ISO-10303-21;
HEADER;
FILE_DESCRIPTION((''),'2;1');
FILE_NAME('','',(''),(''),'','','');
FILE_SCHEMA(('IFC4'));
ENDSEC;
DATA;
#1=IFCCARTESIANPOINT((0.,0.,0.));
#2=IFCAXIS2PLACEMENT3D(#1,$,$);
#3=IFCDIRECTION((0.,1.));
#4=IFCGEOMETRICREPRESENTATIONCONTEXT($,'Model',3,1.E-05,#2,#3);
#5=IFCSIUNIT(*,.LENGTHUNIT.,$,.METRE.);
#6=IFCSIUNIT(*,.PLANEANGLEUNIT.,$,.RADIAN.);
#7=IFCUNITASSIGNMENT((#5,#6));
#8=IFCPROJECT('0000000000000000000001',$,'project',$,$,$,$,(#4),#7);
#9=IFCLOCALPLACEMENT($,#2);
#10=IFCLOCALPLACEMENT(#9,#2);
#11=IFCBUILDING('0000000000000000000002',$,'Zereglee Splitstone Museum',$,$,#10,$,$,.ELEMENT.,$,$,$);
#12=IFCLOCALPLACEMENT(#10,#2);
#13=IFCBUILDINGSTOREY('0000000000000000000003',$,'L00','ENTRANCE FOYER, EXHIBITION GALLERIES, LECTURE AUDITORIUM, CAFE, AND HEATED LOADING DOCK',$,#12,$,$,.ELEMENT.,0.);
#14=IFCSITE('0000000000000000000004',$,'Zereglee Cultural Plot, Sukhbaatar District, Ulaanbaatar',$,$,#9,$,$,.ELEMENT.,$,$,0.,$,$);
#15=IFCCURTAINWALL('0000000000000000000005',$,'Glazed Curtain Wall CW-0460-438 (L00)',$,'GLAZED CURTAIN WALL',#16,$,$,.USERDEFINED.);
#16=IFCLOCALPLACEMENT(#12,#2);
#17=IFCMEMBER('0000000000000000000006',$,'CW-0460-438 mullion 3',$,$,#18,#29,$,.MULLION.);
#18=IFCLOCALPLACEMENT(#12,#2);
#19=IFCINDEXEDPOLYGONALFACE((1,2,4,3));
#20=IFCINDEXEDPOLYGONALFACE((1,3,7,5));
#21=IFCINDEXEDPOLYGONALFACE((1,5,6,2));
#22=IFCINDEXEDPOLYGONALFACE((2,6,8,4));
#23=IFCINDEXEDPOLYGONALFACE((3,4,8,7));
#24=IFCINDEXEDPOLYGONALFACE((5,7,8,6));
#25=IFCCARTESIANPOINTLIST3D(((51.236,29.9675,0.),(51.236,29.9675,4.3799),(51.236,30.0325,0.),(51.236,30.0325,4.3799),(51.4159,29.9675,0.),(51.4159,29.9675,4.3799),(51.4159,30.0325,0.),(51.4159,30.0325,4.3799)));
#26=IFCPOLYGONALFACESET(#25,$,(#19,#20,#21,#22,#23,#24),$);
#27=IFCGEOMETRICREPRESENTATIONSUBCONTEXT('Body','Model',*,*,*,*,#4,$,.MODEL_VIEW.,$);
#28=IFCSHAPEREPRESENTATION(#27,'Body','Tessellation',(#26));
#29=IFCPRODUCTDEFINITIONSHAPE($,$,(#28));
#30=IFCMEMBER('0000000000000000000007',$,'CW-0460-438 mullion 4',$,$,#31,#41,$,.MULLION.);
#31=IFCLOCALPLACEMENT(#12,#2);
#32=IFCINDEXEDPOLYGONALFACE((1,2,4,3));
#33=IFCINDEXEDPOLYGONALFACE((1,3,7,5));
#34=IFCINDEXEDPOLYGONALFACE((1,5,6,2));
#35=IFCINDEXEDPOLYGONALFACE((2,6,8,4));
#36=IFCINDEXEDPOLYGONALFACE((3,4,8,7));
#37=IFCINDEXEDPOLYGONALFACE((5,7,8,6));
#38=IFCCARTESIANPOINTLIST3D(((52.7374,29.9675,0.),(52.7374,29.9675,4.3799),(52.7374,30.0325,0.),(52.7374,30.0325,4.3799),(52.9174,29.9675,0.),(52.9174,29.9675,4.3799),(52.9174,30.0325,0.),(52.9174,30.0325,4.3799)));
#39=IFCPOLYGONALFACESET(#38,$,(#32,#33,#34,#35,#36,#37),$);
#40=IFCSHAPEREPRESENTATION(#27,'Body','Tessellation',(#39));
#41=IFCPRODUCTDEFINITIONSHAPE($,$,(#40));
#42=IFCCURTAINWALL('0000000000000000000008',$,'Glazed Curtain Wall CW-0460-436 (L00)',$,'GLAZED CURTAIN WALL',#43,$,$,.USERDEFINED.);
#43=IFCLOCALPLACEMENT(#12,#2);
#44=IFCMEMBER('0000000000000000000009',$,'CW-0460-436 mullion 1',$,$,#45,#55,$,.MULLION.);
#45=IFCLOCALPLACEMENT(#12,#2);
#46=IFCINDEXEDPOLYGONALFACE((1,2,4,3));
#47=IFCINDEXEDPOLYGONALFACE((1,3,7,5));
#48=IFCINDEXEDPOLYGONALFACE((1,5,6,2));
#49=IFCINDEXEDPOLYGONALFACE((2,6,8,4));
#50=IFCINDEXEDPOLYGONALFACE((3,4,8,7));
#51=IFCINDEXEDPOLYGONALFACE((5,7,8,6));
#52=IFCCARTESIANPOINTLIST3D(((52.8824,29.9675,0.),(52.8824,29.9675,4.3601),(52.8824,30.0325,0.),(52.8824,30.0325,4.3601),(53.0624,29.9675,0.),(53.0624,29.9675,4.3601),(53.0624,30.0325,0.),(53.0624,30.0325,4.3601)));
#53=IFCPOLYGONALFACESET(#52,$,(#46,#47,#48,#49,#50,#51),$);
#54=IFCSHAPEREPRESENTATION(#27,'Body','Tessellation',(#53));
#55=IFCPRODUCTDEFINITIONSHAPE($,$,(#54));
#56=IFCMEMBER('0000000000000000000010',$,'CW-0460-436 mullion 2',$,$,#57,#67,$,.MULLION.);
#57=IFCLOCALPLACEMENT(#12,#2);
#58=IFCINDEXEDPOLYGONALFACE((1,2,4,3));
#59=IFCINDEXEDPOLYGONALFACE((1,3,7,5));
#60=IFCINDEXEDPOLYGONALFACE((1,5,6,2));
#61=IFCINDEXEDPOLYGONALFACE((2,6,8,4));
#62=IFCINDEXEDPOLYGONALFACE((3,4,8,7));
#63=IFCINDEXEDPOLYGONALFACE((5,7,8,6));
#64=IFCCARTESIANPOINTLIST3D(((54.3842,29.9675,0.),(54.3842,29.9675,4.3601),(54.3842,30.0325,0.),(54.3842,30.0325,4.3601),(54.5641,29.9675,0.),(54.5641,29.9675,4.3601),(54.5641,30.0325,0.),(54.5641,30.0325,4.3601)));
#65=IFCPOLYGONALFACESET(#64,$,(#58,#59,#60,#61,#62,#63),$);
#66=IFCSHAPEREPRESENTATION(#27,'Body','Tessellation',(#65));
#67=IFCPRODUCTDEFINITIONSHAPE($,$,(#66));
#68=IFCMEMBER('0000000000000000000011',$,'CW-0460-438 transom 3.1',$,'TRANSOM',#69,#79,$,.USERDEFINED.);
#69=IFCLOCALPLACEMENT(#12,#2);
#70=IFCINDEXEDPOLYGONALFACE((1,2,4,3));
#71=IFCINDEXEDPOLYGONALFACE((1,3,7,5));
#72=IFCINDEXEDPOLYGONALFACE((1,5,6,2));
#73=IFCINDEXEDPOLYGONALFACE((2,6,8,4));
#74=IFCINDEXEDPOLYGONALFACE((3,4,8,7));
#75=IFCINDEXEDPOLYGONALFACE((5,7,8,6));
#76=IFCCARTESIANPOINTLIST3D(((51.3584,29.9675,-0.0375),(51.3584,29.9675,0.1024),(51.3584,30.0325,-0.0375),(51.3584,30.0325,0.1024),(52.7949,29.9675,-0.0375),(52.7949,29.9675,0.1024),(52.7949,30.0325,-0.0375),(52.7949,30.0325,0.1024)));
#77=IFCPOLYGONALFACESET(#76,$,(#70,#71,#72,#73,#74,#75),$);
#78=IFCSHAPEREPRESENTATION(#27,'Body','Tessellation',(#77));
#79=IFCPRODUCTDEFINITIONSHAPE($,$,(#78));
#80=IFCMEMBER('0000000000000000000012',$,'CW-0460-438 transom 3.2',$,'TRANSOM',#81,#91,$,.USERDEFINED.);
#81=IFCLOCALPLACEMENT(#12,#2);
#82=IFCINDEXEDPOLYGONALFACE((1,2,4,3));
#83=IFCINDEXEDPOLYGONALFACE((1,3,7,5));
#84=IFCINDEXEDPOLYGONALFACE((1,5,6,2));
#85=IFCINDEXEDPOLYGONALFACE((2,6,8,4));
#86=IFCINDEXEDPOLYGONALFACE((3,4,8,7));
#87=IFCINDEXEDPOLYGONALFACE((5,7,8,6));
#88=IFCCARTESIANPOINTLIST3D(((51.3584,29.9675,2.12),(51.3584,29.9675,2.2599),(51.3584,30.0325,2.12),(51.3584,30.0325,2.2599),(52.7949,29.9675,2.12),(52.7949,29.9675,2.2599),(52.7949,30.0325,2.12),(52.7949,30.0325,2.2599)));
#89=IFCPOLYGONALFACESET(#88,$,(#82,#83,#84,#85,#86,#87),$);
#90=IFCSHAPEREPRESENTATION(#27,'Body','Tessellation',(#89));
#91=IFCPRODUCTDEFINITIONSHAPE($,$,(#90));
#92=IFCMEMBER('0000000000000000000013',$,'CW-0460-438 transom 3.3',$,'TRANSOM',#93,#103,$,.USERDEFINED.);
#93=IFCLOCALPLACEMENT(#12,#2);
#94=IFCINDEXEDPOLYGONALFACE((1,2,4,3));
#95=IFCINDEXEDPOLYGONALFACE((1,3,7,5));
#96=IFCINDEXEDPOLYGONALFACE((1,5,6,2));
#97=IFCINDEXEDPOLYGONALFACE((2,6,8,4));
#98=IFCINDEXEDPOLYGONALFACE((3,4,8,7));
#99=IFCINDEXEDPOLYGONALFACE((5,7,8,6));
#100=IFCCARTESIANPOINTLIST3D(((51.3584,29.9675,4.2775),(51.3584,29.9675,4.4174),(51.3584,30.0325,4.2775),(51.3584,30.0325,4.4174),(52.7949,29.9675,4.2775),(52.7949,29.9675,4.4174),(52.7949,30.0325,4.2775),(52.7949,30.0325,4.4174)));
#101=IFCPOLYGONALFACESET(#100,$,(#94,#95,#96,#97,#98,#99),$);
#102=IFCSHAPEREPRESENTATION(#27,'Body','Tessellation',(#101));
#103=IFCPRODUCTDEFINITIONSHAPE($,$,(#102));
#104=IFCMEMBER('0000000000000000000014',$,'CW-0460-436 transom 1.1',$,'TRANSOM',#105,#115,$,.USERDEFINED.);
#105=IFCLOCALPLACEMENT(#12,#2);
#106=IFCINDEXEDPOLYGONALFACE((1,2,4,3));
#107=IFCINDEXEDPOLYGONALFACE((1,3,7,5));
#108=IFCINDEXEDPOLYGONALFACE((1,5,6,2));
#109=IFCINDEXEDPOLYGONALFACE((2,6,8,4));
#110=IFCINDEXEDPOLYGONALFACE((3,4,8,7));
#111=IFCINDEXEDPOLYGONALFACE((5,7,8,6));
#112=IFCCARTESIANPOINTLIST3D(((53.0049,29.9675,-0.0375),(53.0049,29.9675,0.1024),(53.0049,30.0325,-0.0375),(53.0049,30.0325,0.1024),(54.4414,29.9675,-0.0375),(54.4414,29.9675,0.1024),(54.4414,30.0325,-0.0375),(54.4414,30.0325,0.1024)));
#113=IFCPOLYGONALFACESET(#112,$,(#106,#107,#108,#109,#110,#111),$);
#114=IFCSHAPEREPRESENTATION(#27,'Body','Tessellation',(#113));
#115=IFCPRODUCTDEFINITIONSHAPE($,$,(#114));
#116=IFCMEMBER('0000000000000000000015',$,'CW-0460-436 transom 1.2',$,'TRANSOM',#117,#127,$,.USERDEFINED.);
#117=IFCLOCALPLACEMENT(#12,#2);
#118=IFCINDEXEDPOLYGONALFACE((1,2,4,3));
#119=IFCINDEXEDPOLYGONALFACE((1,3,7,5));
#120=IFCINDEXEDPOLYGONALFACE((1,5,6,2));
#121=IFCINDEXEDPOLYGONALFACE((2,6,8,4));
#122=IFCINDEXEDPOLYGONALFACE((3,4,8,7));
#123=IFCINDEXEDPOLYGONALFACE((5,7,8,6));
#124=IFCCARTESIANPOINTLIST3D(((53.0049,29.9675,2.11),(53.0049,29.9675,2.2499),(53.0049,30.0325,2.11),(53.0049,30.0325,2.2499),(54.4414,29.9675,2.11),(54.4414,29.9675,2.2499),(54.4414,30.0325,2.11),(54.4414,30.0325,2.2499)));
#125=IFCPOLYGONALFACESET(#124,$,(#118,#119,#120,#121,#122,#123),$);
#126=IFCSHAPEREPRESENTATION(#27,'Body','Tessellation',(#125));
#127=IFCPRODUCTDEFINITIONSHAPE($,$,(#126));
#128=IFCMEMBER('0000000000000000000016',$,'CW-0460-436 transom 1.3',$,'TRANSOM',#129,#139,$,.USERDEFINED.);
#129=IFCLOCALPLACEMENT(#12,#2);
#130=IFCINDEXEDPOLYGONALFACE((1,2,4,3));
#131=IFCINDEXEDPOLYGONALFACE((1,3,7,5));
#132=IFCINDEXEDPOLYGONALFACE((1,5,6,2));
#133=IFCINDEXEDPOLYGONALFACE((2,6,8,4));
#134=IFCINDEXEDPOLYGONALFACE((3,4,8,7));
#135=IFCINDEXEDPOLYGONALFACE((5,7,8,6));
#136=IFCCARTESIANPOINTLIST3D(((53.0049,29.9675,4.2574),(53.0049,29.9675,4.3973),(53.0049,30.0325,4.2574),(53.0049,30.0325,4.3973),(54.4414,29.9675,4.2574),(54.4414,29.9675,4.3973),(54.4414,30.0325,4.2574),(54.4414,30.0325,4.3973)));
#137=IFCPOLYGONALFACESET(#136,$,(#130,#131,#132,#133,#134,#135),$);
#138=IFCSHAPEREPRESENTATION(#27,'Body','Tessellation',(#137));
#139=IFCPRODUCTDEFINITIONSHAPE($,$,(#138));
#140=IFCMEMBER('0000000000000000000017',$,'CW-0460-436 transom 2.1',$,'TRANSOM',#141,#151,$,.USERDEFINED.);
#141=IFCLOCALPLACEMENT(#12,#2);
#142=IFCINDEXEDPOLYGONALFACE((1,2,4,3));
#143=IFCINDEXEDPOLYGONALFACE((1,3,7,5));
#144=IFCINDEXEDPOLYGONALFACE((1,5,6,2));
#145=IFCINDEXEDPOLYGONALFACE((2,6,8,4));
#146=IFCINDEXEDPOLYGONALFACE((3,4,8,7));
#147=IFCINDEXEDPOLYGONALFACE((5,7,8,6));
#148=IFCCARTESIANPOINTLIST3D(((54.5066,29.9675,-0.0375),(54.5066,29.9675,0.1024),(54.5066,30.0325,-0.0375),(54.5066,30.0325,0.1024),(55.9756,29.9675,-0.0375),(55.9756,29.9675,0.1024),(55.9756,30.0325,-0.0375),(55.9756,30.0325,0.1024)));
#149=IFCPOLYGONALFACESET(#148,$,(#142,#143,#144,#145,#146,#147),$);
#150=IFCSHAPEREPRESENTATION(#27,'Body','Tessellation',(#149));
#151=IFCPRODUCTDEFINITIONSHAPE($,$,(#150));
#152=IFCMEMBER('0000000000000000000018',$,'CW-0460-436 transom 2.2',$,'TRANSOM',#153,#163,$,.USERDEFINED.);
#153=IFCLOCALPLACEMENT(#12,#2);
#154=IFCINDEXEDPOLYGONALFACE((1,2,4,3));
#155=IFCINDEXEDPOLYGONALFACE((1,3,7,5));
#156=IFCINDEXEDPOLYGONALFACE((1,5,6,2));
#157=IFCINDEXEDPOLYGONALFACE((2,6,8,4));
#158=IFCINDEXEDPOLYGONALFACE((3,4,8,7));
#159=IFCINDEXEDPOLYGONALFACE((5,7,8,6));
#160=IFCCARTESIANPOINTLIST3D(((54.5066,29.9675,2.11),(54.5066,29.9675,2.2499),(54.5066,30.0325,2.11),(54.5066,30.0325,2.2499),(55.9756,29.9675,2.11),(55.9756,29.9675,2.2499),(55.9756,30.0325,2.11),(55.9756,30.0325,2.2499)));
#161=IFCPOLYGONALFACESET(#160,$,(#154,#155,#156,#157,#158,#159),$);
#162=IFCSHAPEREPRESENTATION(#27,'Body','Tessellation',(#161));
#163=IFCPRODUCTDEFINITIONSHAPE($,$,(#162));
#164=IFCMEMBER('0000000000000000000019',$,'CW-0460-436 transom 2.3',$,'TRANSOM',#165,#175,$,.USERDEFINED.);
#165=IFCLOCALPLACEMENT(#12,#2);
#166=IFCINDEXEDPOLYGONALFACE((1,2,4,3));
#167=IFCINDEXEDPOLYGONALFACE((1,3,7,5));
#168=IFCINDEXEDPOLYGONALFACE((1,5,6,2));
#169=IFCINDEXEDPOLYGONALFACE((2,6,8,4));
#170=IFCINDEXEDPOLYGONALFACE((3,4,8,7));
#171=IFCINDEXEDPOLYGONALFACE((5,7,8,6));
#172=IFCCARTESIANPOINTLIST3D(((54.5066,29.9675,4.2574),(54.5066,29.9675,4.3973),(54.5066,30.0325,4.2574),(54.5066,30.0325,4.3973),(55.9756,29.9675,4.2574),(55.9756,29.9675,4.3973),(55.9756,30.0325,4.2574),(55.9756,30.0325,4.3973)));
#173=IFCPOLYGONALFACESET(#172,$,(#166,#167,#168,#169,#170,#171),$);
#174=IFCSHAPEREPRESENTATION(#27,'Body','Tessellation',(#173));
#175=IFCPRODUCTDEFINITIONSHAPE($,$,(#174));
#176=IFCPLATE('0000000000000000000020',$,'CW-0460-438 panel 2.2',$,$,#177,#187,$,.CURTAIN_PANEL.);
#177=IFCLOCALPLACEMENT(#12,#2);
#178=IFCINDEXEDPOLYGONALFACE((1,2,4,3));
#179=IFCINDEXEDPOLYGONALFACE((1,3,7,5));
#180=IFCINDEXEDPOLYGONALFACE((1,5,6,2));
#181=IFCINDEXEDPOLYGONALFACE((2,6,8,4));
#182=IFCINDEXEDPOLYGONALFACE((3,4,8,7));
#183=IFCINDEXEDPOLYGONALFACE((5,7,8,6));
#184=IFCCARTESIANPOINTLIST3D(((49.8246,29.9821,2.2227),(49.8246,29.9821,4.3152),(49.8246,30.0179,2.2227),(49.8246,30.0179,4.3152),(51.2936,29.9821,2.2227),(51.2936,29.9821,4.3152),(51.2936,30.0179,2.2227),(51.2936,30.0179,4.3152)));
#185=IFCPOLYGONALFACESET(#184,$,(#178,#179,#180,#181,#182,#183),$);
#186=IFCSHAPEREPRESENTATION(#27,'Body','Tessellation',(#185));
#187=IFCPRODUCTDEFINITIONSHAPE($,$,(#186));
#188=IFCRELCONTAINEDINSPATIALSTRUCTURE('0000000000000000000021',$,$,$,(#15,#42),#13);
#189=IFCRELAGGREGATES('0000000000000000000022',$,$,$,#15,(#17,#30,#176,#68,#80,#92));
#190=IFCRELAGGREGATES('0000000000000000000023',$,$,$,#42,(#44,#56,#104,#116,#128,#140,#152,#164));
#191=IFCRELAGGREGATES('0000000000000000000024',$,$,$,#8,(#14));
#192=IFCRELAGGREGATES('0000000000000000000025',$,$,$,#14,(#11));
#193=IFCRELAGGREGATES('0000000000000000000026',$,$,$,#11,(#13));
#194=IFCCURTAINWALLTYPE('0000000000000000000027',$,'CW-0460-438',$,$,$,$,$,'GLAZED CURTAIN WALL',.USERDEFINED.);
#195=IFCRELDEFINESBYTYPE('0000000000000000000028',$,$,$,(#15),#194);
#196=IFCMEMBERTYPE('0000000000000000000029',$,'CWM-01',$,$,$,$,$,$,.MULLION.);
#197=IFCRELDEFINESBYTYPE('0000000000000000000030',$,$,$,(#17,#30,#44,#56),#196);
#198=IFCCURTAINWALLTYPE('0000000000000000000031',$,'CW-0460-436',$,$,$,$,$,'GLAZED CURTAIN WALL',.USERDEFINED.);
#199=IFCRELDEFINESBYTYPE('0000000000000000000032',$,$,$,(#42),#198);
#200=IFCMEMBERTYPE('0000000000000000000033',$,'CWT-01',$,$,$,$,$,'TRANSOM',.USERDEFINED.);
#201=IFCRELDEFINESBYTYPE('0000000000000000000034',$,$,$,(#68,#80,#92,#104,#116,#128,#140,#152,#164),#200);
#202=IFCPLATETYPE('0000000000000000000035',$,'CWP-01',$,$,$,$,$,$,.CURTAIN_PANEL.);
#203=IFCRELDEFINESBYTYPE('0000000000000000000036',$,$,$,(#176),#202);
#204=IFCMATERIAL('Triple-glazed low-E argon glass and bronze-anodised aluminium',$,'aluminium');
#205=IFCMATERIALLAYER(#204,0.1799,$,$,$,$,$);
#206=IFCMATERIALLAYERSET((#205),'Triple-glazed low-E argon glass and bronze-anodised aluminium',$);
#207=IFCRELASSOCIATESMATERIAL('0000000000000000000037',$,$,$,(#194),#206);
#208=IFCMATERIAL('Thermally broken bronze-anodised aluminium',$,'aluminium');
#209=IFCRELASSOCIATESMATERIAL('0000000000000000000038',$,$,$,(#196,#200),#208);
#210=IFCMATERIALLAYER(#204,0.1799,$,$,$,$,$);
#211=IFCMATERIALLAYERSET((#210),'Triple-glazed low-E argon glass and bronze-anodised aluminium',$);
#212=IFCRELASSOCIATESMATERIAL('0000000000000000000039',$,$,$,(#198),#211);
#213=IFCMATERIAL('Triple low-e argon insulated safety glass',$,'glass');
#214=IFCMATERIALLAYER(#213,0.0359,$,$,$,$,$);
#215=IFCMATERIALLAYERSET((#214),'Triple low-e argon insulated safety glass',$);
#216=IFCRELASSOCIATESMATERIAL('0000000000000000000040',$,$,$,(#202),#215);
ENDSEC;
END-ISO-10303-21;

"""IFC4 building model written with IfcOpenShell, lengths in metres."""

from ifc_helpers import new_model, si_unit, direction, frame, origin, origin_2d, place, context, subcontext, project, spatial, rectangle, extrude, material, layer, layer_set, material_profile, profile_set, type_object, element, aggregate, save


model = new_model("IFC4")

# Units and contexts
model_context = context("Model", 3, precision=1e-05, world=origin(), true_north=direction((0.0, 1.0)))
body_context = subcontext(model_context, "Body", "Model", "MODEL_VIEW")
ifc_project = project(units=[si_unit("LENGTHUNIT", "METRE"), si_unit("PLANEANGLEUNIT", "RADIAN")], contexts=[model_context])

# Site, building, storey
site_placement = place(None, origin())
site = spatial("IfcSite", under=ifc_project, at=site_placement, Name="Zereglee Cultural Plot, Sukhbaatar District, Ulaanbaatar", CompositionType="ELEMENT", RefElevation=0.0)
building_placement = place(site_placement, origin())
building = spatial("IfcBuilding", under=site, at=building_placement, Name="Zereglee Splitstone Museum", CompositionType="ELEMENT")
storey_placement = place(building_placement, origin())
storey = spatial("IfcBuildingStorey", under=building, at=storey_placement, Name="L00", Description="ENTRANCE FOYER, EXHIBITION GALLERIES, LECTURE AUDITORIUM, CAFE, AND HEATED LOADING DOCK", CompositionType="ELEMENT", Elevation=0.0)

# Curtain walls, members
ifc_material_1 = material(Name="Triple-glazed low-E argon glass and bronze-anodised aluminium", Category="aluminium")
ifc_layer_1 = layer(ifc_material_1, 0.1799)
ifc_layer_set_1 = layer_set([ifc_layer_1], Name="Triple-glazed low-E argon glass and bronze-anodised aluminium")
curtain_wall_type_1 = type_object("IfcCurtainWallType", Name="CW-0460-438", ElementType="GLAZED CURTAIN WALL", PredefinedType="USERDEFINED", material=ifc_layer_set_1)
curtain_wall_1_placement = place(storey_placement, origin())
curtain_wall_1 = element("IfcCurtainWall", 1, at=curtain_wall_1_placement, inside=storey, type_object=curtain_wall_type_1, Name="Glazed Curtain Wall CW-0460-438 (L00)", ObjectType="GLAZED CURTAIN WALL", PredefinedType="USERDEFINED")
ifc_material_2 = material(Name="Thermally broken bronze-anodised aluminium", Category="aluminium")
ifc_material_profile_1 = material_profile(ifc_material_2, rectangle(XDim=0.0649, YDim=0.1799, at=origin_2d()), Name="CW MULL 65x180")
ifc_profile_set_1 = profile_set([ifc_material_profile_1], Name="Thermally broken bronze-anodised aluminium")
member_type_1 = type_object("IfcMemberType", Name="CWM-01", PredefinedType="MULLION", material=ifc_profile_set_1)
member_1_placement = place(storey_placement, frame((51.3259, 30.0, 0.0), z_axis=(0.0, 0.0, 1.0), x_axis=(0.0, 1.0, 0.0)))
member_1 = element("IfcMember", 2, at=member_1_placement, type_object=member_type_1, Name="CW-0460-438 mullion 3", PredefinedType="MULLION", context=body_context, shape_type="SweptSolid", body=[
    extrude(rectangle(XDim=0.0649, YDim=0.1799, at=origin_2d()), origin(), (0.0, 0.0, 1.0), 4.3799),
])
member_2_placement = place(storey_placement, frame((52.8274, 30.0, 0.0), z_axis=(0.0, 0.0, 1.0), x_axis=(0.0, 1.0, 0.0)))
member_2 = element("IfcMember", 3, at=member_2_placement, type_object=member_type_1, Name="CW-0460-438 mullion 4", PredefinedType="MULLION", context=body_context, shape_type="SweptSolid", body=[
    extrude(rectangle(XDim=0.0649, YDim=0.1799, at=origin_2d()), origin(), (0.0, 0.0, 1.0), 4.3799),
])
ifc_layer_2 = layer(ifc_material_1, 0.1799)
ifc_layer_set_2 = layer_set([ifc_layer_2], Name="Triple-glazed low-E argon glass and bronze-anodised aluminium")
curtain_wall_type_2 = type_object("IfcCurtainWallType", Name="CW-0460-436", ElementType="GLAZED CURTAIN WALL", PredefinedType="USERDEFINED", material=ifc_layer_set_2)
curtain_wall_2_placement = place(storey_placement, origin())
curtain_wall_2 = element("IfcCurtainWall", 4, at=curtain_wall_2_placement, inside=storey, type_object=curtain_wall_type_2, Name="Glazed Curtain Wall CW-0460-436 (L00)", ObjectType="GLAZED CURTAIN WALL", PredefinedType="USERDEFINED")
member_3_placement = place(storey_placement, frame((52.9724, 30.0, 0.0), z_axis=(0.0, 0.0, 1.0), x_axis=(0.0, 1.0, 0.0)))
member_3 = element("IfcMember", 5, at=member_3_placement, type_object=member_type_1, Name="CW-0460-436 mullion 1", PredefinedType="MULLION", context=body_context, shape_type="SweptSolid", body=[
    extrude(rectangle(XDim=0.0649, YDim=0.1799, at=origin_2d()), origin(), (0.0, 0.0, 1.0), 4.3601),
])
member_4_placement = place(storey_placement, frame((54.4741, 30.0, 0.0), z_axis=(0.0, 0.0, 1.0), x_axis=(0.0, 1.0, 0.0)))
member_4 = element("IfcMember", 6, at=member_4_placement, type_object=member_type_1, Name="CW-0460-436 mullion 2", PredefinedType="MULLION", context=body_context, shape_type="SweptSolid", body=[
    extrude(rectangle(XDim=0.0649, YDim=0.1799, at=origin_2d()), origin(), (0.0, 0.0, 1.0), 4.3601),
])

# Members
ifc_material_profile_2 = material_profile(ifc_material_2, rectangle(XDim=0.0649, YDim=0.1399, at=origin_2d()), Name="CW TRAN 65x140")
ifc_profile_set_2 = profile_set([ifc_material_profile_2], Name="Thermally broken bronze-anodised aluminium")
member_type_2 = type_object("IfcMemberType", Name="CWT-01", ElementType="TRANSOM", PredefinedType="USERDEFINED", material=ifc_profile_set_2)
member_5_placement = place(storey_placement, frame((51.3584, 30.0, 0.0325), z_axis=(1.0, 0.0, 0.0), x_axis=(0.0, 1.0, 0.0)))
member_5 = element("IfcMember", 7, at=member_5_placement, type_object=member_type_2, Name="CW-0460-438 transom 3.1", ObjectType="TRANSOM", PredefinedType="USERDEFINED", context=body_context, shape_type="SweptSolid", body=[
    extrude(rectangle(XDim=0.0649, YDim=0.1399, at=origin_2d()), origin(), (0.0, 0.0, 1.0), 1.4365),
])
member_6_placement = place(storey_placement, frame((51.3584, 30.0, 2.1899), z_axis=(1.0, 0.0, 0.0), x_axis=(0.0, 1.0, 0.0)))
member_6 = element("IfcMember", 8, at=member_6_placement, type_object=member_type_2, Name="CW-0460-438 transom 3.2", ObjectType="TRANSOM", PredefinedType="USERDEFINED", context=body_context, shape_type="SweptSolid", body=[
    extrude(rectangle(XDim=0.0649, YDim=0.1399, at=origin_2d()), origin(), (0.0, 0.0, 1.0), 1.4365),
])
member_7_placement = place(storey_placement, frame((51.3584, 30.0, 4.3474), z_axis=(1.0, 0.0, 0.0), x_axis=(0.0, 1.0, 0.0)))
member_7 = element("IfcMember", 9, at=member_7_placement, type_object=member_type_2, Name="CW-0460-438 transom 3.3", ObjectType="TRANSOM", PredefinedType="USERDEFINED", context=body_context, shape_type="SweptSolid", body=[
    extrude(rectangle(XDim=0.0649, YDim=0.1399, at=origin_2d()), origin(), (0.0, 0.0, 1.0), 1.4365),
])
member_8_placement = place(storey_placement, frame((53.0049, 30.0, 0.0325), z_axis=(1.0, 0.0, 0.0), x_axis=(0.0, 1.0, 0.0)))
member_8 = element("IfcMember", 10, at=member_8_placement, type_object=member_type_2, Name="CW-0460-436 transom 1.1", ObjectType="TRANSOM", PredefinedType="USERDEFINED", context=body_context, shape_type="SweptSolid", body=[
    extrude(rectangle(XDim=0.0649, YDim=0.1399, at=origin_2d()), origin(), (0.0, 0.0, 1.0), 1.4365),
])
member_9_placement = place(storey_placement, frame((53.0049, 30.0, 2.1799), z_axis=(1.0, 0.0, 0.0), x_axis=(0.0, 1.0, 0.0)))
member_9 = element("IfcMember", 11, at=member_9_placement, type_object=member_type_2, Name="CW-0460-436 transom 1.2", ObjectType="TRANSOM", PredefinedType="USERDEFINED", context=body_context, shape_type="SweptSolid", body=[
    extrude(rectangle(XDim=0.0649, YDim=0.1399, at=origin_2d()), origin(), (0.0, 0.0, 1.0), 1.4365),
])
member_10_placement = place(storey_placement, frame((53.0049, 30.0, 4.3274), z_axis=(1.0, 0.0, 0.0), x_axis=(0.0, 1.0, 0.0)))
member_10 = element("IfcMember", 12, at=member_10_placement, type_object=member_type_2, Name="CW-0460-436 transom 1.3", ObjectType="TRANSOM", PredefinedType="USERDEFINED", context=body_context, shape_type="SweptSolid", body=[
    extrude(rectangle(XDim=0.0649, YDim=0.1399, at=origin_2d()), origin(), (0.0, 0.0, 1.0), 1.4365),
])
member_11_placement = place(storey_placement, frame((54.5066, 30.0, 0.0325), z_axis=(1.0, 0.0, 0.0), x_axis=(0.0, 1.0, 0.0)))
member_11 = element("IfcMember", 13, at=member_11_placement, type_object=member_type_2, Name="CW-0460-436 transom 2.1", ObjectType="TRANSOM", PredefinedType="USERDEFINED", context=body_context, shape_type="SweptSolid", body=[
    extrude(rectangle(XDim=0.0649, YDim=0.1399, at=origin_2d()), origin(), (0.0, 0.0, 1.0), 1.469),
])
member_12_placement = place(storey_placement, frame((54.5066, 30.0, 2.1799), z_axis=(1.0, 0.0, 0.0), x_axis=(0.0, 1.0, 0.0)))
member_12 = element("IfcMember", 14, at=member_12_placement, type_object=member_type_2, Name="CW-0460-436 transom 2.2", ObjectType="TRANSOM", PredefinedType="USERDEFINED", context=body_context, shape_type="SweptSolid", body=[
    extrude(rectangle(XDim=0.0649, YDim=0.1399, at=origin_2d()), origin(), (0.0, 0.0, 1.0), 1.469),
])
member_13_placement = place(storey_placement, frame((54.5066, 30.0, 4.3274), z_axis=(1.0, 0.0, 0.0), x_axis=(0.0, 1.0, 0.0)))
member_13 = element("IfcMember", 15, at=member_13_placement, type_object=member_type_2, Name="CW-0460-436 transom 2.3", ObjectType="TRANSOM", PredefinedType="USERDEFINED", context=body_context, shape_type="SweptSolid", body=[
    extrude(rectangle(XDim=0.0649, YDim=0.1399, at=origin_2d()), origin(), (0.0, 0.0, 1.0), 1.469),
])

# Plate
ifc_material_3 = material(Name="Triple low-e argon insulated safety glass", Category="glass")
ifc_layer_3 = layer(ifc_material_3, 0.0359)
ifc_layer_set_3 = layer_set([ifc_layer_3], Name="Triple low-e argon insulated safety glass")
plate_type = type_object("IfcPlateType", Name="CWP-01", PredefinedType="CURTAIN_PANEL", material=ifc_layer_set_3)
plate_1_placement = place(storey_placement, frame((50.5591, 30.0, 2.2227), z_axis=(0.0, 0.0, 1.0), x_axis=(1.0, 0.0, 0.0)))
plate_1 = element("IfcPlate", 16, at=plate_1_placement, type_object=plate_type, Name="CW-0460-438 panel 2.2", PredefinedType="CURTAIN_PANEL", context=body_context, shape_type="SweptSolid", body=[
    extrude(rectangle(XDim=1.469, YDim=0.0359, at=origin_2d()), origin(), (0.0, 0.0, 1.0), 2.0925),
])
aggregate(curtain_wall_1, [member_1, member_2, plate_1, member_5, member_6, member_7])
aggregate(curtain_wall_2, [member_3, member_4, member_8, member_9, member_10, member_11, member_12, member_13])

save(model, "model.ifc")
